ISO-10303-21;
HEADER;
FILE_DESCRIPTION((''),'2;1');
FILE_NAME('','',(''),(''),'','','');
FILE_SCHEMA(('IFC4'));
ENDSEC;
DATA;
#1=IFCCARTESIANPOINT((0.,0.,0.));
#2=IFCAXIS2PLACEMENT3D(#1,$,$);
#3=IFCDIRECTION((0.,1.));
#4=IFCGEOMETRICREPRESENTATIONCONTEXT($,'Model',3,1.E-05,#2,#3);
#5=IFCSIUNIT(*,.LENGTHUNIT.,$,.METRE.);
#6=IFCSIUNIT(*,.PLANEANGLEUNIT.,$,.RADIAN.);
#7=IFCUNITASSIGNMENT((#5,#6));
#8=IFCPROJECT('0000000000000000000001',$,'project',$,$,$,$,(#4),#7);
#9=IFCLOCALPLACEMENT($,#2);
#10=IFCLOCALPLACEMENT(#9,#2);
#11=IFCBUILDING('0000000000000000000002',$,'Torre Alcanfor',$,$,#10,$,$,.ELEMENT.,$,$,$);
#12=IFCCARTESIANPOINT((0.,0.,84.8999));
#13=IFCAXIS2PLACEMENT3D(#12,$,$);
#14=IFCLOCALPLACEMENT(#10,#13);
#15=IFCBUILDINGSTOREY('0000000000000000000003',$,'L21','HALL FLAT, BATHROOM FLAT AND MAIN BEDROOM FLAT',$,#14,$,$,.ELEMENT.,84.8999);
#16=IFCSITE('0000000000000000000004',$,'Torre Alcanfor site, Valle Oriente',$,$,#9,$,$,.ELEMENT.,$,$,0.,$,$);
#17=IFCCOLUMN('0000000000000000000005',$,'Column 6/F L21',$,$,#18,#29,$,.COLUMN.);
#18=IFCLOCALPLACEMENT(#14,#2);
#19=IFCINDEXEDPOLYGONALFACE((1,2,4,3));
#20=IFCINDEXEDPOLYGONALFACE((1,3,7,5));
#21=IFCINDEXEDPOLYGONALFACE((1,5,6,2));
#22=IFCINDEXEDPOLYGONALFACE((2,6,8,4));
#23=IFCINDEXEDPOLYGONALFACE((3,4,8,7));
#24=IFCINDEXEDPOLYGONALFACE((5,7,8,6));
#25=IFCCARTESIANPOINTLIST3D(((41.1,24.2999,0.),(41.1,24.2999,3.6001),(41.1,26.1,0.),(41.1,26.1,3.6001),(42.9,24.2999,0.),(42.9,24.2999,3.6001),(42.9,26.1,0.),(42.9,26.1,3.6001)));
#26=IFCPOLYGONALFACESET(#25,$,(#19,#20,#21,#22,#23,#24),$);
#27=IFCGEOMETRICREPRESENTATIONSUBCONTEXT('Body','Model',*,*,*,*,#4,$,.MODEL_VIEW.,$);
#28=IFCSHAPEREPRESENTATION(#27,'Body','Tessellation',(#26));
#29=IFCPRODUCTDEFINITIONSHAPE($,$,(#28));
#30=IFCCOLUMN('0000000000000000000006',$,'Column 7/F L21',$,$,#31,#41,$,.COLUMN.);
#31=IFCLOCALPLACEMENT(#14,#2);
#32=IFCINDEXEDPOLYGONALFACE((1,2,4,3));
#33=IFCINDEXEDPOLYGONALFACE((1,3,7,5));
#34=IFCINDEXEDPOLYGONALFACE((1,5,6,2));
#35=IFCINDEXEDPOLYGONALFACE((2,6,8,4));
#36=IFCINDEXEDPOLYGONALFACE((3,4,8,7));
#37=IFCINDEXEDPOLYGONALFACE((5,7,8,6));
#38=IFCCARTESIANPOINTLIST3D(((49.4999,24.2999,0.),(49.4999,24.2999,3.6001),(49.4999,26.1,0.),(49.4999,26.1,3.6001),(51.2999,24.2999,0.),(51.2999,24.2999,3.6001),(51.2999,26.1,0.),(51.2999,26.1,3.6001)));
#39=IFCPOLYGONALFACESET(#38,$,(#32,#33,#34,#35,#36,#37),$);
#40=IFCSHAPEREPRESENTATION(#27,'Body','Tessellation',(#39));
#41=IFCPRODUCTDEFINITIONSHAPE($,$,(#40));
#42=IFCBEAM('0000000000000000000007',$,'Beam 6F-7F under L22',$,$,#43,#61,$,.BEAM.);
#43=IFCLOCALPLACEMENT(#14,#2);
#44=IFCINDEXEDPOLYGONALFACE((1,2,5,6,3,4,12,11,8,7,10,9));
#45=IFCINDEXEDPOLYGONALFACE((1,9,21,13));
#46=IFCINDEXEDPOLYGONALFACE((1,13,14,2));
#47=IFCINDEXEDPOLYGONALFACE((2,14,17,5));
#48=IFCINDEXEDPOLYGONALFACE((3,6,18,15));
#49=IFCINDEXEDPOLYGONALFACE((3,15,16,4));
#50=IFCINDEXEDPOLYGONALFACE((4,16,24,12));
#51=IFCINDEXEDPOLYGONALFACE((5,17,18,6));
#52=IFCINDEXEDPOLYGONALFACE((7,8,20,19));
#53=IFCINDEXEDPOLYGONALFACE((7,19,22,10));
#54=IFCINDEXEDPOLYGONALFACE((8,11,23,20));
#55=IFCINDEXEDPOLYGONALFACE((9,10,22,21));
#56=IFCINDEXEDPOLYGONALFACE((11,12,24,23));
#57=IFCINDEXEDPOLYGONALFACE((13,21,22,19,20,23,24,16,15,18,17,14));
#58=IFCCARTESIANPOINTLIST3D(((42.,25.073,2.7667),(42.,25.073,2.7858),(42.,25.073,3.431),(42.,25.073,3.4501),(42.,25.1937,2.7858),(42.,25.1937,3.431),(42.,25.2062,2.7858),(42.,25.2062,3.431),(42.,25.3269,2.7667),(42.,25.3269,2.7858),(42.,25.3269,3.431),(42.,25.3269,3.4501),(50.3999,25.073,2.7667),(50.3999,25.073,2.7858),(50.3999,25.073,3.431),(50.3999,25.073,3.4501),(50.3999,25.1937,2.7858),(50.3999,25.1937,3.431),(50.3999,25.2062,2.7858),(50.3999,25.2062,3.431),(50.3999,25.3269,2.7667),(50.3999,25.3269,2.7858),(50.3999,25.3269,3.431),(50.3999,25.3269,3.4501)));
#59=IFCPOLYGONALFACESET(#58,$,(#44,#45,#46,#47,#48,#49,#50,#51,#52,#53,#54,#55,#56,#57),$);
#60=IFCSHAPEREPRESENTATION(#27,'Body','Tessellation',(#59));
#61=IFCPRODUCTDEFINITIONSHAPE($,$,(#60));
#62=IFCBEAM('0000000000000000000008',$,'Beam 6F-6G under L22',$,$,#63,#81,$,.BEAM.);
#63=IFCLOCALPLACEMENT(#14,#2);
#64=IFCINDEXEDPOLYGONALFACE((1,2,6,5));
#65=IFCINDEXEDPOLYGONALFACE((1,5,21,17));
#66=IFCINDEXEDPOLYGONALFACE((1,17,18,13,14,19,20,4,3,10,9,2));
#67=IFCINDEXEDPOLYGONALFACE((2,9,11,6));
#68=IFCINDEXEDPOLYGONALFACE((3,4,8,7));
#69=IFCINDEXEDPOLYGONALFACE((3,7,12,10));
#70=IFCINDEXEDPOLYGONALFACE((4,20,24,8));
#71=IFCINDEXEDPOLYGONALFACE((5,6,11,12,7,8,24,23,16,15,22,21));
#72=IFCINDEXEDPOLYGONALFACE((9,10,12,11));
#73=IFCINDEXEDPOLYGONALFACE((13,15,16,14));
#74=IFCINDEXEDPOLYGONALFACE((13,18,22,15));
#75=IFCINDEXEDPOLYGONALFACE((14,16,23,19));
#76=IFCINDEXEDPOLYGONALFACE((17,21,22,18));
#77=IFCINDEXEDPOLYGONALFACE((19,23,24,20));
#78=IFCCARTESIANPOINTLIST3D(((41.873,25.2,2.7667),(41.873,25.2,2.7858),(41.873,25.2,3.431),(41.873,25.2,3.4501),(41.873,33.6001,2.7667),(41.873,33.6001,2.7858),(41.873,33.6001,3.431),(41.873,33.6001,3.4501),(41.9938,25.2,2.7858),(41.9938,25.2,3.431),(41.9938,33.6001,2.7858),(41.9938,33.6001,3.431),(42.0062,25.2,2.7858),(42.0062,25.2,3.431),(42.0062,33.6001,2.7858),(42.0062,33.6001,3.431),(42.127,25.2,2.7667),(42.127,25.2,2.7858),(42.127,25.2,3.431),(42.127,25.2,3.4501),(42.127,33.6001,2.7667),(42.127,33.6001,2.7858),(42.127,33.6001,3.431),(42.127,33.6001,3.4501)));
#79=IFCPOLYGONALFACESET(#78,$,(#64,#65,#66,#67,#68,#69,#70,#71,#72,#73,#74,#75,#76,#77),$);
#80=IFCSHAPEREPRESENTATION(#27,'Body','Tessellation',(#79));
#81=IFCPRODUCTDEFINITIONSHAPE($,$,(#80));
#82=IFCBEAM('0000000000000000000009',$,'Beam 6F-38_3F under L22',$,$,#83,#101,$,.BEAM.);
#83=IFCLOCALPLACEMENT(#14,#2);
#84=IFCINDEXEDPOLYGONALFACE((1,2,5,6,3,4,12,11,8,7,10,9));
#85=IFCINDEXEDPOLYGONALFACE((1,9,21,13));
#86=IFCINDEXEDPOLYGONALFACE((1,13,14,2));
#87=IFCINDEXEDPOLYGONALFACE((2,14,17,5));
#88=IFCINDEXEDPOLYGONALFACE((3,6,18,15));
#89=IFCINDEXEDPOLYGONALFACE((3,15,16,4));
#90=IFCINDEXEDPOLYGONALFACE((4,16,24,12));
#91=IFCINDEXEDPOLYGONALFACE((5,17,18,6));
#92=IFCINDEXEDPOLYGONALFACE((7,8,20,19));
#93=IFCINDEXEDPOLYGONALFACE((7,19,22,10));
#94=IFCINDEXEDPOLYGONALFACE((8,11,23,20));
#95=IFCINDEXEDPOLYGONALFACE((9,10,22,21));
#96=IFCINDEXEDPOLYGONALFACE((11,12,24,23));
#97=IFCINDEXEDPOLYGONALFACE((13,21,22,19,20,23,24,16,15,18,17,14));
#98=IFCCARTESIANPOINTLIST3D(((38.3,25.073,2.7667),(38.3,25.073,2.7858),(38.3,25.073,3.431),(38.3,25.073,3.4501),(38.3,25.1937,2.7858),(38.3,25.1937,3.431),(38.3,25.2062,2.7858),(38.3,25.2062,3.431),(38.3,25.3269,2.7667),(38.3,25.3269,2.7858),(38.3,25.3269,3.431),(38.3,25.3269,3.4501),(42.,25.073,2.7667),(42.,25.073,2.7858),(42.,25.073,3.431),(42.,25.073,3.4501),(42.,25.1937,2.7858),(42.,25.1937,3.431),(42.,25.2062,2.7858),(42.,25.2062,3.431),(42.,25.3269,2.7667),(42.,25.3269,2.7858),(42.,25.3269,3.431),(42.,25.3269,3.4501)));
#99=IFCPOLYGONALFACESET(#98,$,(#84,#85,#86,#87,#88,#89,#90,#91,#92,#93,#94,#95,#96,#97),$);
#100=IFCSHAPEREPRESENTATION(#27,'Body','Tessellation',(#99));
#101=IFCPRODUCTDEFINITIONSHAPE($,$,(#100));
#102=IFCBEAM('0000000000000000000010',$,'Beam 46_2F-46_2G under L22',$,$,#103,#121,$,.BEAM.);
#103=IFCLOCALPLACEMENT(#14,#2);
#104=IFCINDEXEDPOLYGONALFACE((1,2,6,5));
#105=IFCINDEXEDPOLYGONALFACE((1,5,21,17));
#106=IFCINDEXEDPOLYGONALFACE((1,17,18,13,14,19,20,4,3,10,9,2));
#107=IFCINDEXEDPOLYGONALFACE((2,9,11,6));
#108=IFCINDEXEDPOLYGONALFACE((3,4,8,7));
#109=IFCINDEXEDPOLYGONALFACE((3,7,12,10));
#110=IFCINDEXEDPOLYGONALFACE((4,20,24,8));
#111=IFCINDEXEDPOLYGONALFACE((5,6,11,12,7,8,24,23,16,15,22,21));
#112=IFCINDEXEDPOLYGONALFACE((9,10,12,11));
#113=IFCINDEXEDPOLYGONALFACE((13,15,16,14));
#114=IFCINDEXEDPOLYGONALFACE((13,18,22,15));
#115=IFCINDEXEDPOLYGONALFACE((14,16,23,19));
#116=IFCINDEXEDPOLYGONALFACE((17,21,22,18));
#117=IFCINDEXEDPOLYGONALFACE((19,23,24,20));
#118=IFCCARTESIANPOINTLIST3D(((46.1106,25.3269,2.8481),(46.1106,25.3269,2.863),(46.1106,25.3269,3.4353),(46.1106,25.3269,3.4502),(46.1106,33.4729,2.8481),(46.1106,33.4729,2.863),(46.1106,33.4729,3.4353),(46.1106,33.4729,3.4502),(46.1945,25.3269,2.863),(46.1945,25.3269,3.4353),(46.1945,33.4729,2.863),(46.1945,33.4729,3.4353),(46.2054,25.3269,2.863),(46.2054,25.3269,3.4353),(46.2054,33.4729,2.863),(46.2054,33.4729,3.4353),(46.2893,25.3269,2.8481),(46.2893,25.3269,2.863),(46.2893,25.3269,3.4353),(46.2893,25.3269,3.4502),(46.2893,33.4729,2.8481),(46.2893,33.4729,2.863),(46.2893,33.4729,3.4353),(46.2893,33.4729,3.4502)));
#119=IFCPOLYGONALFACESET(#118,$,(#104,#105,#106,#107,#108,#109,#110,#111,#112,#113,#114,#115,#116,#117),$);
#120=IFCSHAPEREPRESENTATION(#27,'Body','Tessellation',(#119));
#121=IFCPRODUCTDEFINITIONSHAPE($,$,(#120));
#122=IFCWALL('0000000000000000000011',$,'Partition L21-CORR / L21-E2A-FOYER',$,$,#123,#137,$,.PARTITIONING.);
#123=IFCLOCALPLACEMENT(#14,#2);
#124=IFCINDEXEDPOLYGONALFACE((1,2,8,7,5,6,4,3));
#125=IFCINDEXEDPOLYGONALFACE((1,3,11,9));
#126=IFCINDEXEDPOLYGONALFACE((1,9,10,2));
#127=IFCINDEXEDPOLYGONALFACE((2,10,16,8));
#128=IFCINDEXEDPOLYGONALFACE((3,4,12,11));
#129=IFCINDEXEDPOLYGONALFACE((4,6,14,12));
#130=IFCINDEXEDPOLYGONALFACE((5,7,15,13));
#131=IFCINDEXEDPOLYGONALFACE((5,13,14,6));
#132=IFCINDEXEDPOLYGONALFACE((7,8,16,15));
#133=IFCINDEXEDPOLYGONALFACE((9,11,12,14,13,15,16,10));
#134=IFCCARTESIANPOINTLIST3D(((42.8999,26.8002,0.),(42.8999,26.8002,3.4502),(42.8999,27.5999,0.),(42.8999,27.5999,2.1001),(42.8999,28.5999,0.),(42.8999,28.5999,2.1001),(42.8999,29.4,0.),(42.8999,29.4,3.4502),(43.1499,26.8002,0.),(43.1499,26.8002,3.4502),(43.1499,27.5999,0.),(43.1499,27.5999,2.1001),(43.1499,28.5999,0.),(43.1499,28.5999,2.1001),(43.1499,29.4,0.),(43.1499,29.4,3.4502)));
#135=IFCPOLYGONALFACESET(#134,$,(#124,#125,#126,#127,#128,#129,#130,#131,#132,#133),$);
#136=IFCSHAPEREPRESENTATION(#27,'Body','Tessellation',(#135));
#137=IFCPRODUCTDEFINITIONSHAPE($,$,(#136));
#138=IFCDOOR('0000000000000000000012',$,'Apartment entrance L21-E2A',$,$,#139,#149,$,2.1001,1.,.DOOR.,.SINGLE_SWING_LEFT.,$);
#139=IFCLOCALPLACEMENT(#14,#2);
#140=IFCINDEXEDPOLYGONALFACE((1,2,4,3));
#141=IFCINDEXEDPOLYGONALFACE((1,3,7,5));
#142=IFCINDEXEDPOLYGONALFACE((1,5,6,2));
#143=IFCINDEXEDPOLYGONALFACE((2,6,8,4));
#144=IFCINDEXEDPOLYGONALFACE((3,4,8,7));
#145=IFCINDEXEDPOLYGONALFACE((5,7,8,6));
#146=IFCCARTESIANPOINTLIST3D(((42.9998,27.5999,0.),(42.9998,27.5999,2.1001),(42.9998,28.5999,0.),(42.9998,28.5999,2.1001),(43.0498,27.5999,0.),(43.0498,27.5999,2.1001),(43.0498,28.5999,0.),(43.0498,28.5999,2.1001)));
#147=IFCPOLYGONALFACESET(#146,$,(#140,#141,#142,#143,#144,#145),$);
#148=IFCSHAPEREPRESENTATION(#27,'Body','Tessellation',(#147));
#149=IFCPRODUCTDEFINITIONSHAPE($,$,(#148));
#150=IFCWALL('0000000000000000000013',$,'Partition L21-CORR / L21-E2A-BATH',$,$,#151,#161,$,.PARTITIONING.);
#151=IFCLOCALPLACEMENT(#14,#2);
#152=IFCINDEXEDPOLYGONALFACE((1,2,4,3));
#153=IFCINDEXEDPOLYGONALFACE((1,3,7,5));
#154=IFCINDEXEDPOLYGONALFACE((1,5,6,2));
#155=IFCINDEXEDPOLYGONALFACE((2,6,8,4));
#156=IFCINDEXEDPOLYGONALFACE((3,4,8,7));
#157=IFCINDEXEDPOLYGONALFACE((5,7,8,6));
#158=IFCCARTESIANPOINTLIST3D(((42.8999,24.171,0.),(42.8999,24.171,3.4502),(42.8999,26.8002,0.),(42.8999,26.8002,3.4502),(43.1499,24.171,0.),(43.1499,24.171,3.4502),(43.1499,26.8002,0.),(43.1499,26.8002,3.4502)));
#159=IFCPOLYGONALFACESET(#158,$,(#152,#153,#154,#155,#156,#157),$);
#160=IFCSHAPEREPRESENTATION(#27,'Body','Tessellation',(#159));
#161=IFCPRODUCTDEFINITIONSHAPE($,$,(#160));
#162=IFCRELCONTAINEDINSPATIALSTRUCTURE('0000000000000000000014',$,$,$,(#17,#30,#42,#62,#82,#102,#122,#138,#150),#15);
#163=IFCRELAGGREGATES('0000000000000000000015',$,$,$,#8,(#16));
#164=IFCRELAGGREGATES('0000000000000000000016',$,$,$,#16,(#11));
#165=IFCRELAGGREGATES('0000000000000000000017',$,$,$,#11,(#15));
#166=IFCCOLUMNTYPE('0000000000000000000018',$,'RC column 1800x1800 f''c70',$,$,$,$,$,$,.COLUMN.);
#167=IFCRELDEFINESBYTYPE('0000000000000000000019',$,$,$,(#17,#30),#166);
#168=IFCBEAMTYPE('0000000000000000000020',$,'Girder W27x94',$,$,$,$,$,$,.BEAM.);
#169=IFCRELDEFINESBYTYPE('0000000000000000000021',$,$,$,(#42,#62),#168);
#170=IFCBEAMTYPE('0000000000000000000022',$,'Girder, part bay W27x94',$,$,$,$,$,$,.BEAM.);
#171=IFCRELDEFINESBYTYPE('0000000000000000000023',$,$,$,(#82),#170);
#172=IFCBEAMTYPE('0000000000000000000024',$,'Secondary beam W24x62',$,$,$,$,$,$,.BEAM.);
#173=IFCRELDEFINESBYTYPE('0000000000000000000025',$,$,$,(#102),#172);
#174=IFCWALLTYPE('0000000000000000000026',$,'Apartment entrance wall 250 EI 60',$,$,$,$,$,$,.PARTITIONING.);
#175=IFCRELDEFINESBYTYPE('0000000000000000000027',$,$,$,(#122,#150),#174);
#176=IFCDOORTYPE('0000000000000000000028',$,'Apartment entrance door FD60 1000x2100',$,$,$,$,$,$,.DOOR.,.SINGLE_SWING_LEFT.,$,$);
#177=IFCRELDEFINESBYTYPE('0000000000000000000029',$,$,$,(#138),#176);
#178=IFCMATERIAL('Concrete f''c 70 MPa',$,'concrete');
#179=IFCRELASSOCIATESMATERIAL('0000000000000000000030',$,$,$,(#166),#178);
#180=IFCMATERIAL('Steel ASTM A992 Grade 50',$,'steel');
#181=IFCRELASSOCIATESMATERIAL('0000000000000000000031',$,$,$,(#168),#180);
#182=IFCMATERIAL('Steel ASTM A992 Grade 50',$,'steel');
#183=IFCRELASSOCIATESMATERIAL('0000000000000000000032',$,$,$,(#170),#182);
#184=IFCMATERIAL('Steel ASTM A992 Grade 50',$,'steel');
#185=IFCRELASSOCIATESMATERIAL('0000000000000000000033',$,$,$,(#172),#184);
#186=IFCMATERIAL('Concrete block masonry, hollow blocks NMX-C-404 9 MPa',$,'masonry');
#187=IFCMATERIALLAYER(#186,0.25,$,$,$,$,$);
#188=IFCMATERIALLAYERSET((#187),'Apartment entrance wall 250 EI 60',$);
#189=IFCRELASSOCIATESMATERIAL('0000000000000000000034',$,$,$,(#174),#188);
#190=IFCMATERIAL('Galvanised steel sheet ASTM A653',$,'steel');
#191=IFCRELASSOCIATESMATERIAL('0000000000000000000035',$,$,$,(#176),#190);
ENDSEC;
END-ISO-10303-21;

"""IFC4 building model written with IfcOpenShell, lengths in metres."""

from ifc_helpers import new_model, si_unit, direction, frame, frame_2d, origin, origin_2d, place, context, subcontext, project, spatial, rectangle, i_section, extrude, material, layer, layer_set, material_profile, profile_set, type_object, element, fill, save


model = new_model("IFC4")

# Units and contexts
model_context = context("Model", 3, precision=1e-05, world=origin(), true_north=direction((0.0, 1.0)))
body_context = subcontext(model_context, "Body", "Model", "MODEL_VIEW")
ifc_project = project(units=[si_unit("LENGTHUNIT", "METRE"), si_unit("PLANEANGLEUNIT", "RADIAN")], contexts=[model_context])

# Site, building, storey
site_placement = place(None, origin())
site = spatial("IfcSite", under=ifc_project, at=site_placement, Name="Torre Alcanfor site, Valle Oriente", CompositionType="ELEMENT", RefElevation=0.0)
building_placement = place(site_placement, origin())
building = spatial("IfcBuilding", under=site, at=building_placement, Name="Torre Alcanfor", CompositionType="ELEMENT")
storey_placement = place(building_placement, frame((0.0, 0.0, 84.8999)))
storey = spatial("IfcBuildingStorey", under=building, at=storey_placement, Name="L21", Description="HALL FLAT, BATHROOM FLAT AND MAIN BEDROOM FLAT", CompositionType="ELEMENT", Elevation=84.8999)

# Columns
ifc_material_1 = material(Name="Concrete f'c 70 MPa", Category="concrete")
ifc_material_profile_1 = material_profile(ifc_material_1, rectangle(XDim=1.8, YDim=1.8, at=origin_2d()), Name="1800x1800")
ifc_profile_set_1 = profile_set([ifc_material_profile_1], Name="Concrete f'c 70 MPa")
column_type = type_object("IfcColumnType", Name="RC column 1800x1800 f'c70", PredefinedType="COLUMN", material=ifc_profile_set_1)
for number, where, z_axis, x_axis, name in (
    (1, (42.0, 25.2, 0.0), (0.0, 0.0, 1.0), (1.0, 0.0, 0.0), "Column 6/F L21"),
    (2, (50.3999, 25.2, 0.0), (0.0, 0.0, 1.0), (1.0, 0.0, 0.0), "Column 7/F L21"),
):
    element("IfcColumn", number, at=place(storey_placement, frame(where, z_axis=z_axis, x_axis=x_axis)), inside=storey, type_object=column_type, Name=name, PredefinedType="COLUMN", context=body_context, shape_type="SweptSolid", body=[
        extrude(rectangle(XDim=1.8, YDim=1.8, at=origin_2d()), origin(), (0.0, 0.0, 1.0), 3.6001),
    ])

# Beams
ifc_material_2 = material(Name="Steel ASTM A992 Grade 50", Category="steel")
ifc_material_profile_2 = material_profile(ifc_material_2, i_section(OverallWidth=0.2539, OverallDepth=0.6833, WebThickness=0.0125, FlangeThickness=0.019, at=origin_2d()), Name="W27x94")
ifc_profile_set_2 = profile_set([ifc_material_profile_2], Name="Steel ASTM A992 Grade 50")
beam_type_1 = type_object("IfcBeamType", Name="Girder W27x94", PredefinedType="BEAM", material=ifc_profile_set_2)
beam_1_placement = place(storey_placement, frame((42.0, 25.2, 3.1084), z_axis=(1.0, 0.0, 0.0), x_axis=(0.0, 1.0, 0.0)))
element("IfcBeam", 3, at=beam_1_placement, inside=storey, type_object=beam_type_1, Name="Beam 6F-7F under L22", PredefinedType="BEAM", context=body_context, shape_type="SweptSolid", body=[
    extrude(i_section(OverallWidth=0.2539, OverallDepth=0.6833, WebThickness=0.0125, FlangeThickness=0.019, at=origin_2d()), origin(), (0.0, 0.0, 1.0), 8.3999),
])
beam_2_placement = place(storey_placement, frame((42.0, 25.2, 3.1084), z_axis=(0.0, 1.0, 0.0), x_axis=(-1.0, 0.0, 0.0)))
element("IfcBeam", 4, at=beam_2_placement, inside=storey, type_object=beam_type_1, Name="Beam 6F-6G under L22", PredefinedType="BEAM", context=body_context, shape_type="SweptSolid", body=[
    extrude(i_section(OverallWidth=0.2539, OverallDepth=0.6833, WebThickness=0.0125, FlangeThickness=0.019, at=origin_2d()), origin(), (0.0, 0.0, 1.0), 8.4001),
])
ifc_material_3 = material(Name="Steel ASTM A992 Grade 50", Category="steel")
ifc_material_profile_3 = material_profile(ifc_material_3, i_section(OverallWidth=0.2539, OverallDepth=0.6833, WebThickness=0.0125, FlangeThickness=0.019, at=origin_2d()), Name="W27x94")
ifc_profile_set_3 = profile_set([ifc_material_profile_3], Name="Steel ASTM A992 Grade 50")
beam_type_2 = type_object("IfcBeamType", Name="Girder, part bay W27x94", PredefinedType="BEAM", material=ifc_profile_set_3)
beam_3_placement = place(storey_placement, frame((42.0, 25.2, 3.1084), z_axis=(-1.0, 0.0, 0.0), x_axis=(0.0, -1.0, 0.0)))
element("IfcBeam", 5, at=beam_3_placement, inside=storey, type_object=beam_type_2, Name="Beam 6F-38_3F under L22", PredefinedType="BEAM", context=body_context, shape_type="SweptSolid", body=[
    extrude(i_section(OverallWidth=0.2539, OverallDepth=0.6833, WebThickness=0.0125, FlangeThickness=0.019, at=origin_2d()), origin(), (0.0, 0.0, 1.0), 3.7),
])
ifc_material_4 = material(Name="Steel ASTM A992 Grade 50", Category="steel")
ifc_material_profile_4 = material_profile(ifc_material_4, i_section(OverallWidth=0.1787, OverallDepth=0.6021, WebThickness=0.011, FlangeThickness=0.0149, at=origin_2d()), Name="W24x62")
ifc_profile_set_4 = profile_set([ifc_material_profile_4], Name="Steel ASTM A992 Grade 50")
beam_type_3 = type_object("IfcBeamType", Name="Secondary beam W24x62", PredefinedType="BEAM", material=ifc_profile_set_4)
beam_4_placement = place(storey_placement, frame((46.2, 25.3269, 3.1492), z_axis=(0.0, 1.0, 0.0), x_axis=(-1.0, 0.0, 0.0)))
element("IfcBeam", 6, at=beam_4_placement, inside=storey, type_object=beam_type_3, Name="Beam 46_2F-46_2G under L22", PredefinedType="BEAM", context=body_context, shape_type="SweptSolid", body=[
    extrude(i_section(OverallWidth=0.1787, OverallDepth=0.6021, WebThickness=0.011, FlangeThickness=0.0149, at=origin_2d()), origin(), (0.0, 0.0, 1.0), 8.146),
])

# Wall, opening, door
ifc_material_5 = material(Name="Concrete block masonry, hollow blocks NMX-C-404 9 MPa", Category="masonry")
ifc_layer_1 = layer(ifc_material_5, 0.25)
ifc_layer_set_1 = layer_set([ifc_layer_1], Name="Apartment entrance wall 250 EI 60")
wall_type_1 = type_object("IfcWallType", Name="Apartment entrance wall 250 EI 60", PredefinedType="PARTITIONING", material=ifc_layer_set_1)
wall_1_placement = place(storey_placement, frame((43.0249, 29.3999, 0.0), z_axis=(0.0, 0.0, 1.0), x_axis=(0.0, -1.0, 0.0)))
wall_1 = element("IfcWall", 7, at=wall_1_placement, inside=storey, type_object=wall_type_1, Name="Partition L21-CORR / L21-E2A-FOYER", PredefinedType="PARTITIONING", context=body_context, shape_type="SweptSolid", body=[
    extrude(rectangle(XDim=2.5999, YDim=0.25, at=frame_2d((1.2998, 0.0))), origin(), (0.0, 0.0, 1.0), 3.4502),
])
opening_1_placement = place(wall_1_placement, frame((0.8, 0.0, 0.0)))
opening_1 = element("IfcOpeningElement", 8, at=opening_1_placement, cuts=wall_1, PredefinedType="OPENING", context=body_context, shape_type="SweptSolid", body=[
    extrude(rectangle(XDim=1.0, YDim=2.1001, at=frame_2d((0.5, 1.05))), frame((0.0, 0.135, 0.0), z_axis=(0.0, -1.0, 0.0), x_axis=(1.0, 0.0, 0.0)), (0.0, 0.0, 1.0), 0.27),
])
ifc_material_6 = material(Name="Galvanised steel sheet ASTM A653", Category="steel")
door_type_1 = type_object("IfcDoorType", Name="Apartment entrance door FD60 1000x2100", OperationType="SINGLE_SWING_LEFT", PredefinedType="DOOR", material=ifc_material_6)
door_1_placement = place(opening_1_placement, origin())
door_1 = element("IfcDoor", 9, at=door_1_placement, inside=storey, type_object=door_type_1, Name="Apartment entrance L21-E2A", OperationType="SINGLE_SWING_LEFT", OverallHeight=2.1001, OverallWidth=1.0, PredefinedType="DOOR", context=body_context, shape_type="SweptSolid", body=[
    extrude(rectangle(XDim=1.0, YDim=2.1001, at=frame_2d((0.5, 1.05))), frame((0.0, 0.0249, 0.0), z_axis=(0.0, -1.0, 0.0), x_axis=(1.0, 0.0, 0.0)), (0.0, 0.0, 1.0), 0.05),
])
fill(opening_1, door_1)

# Wall
wall_2_placement = place(storey_placement, frame((43.0249, 26.8, 0.0), z_axis=(0.0, 0.0, 1.0), x_axis=(0.0, -1.0, 0.0)))
element("IfcWall", 10, at=wall_2_placement, inside=storey, type_object=wall_type_1, Name="Partition L21-CORR / L21-E2A-BATH", PredefinedType="PARTITIONING", context=body_context, shape_type="SweptSolid", body=[
    extrude(rectangle(XDim=2.6292, YDim=0.25, at=frame_2d((1.3145, 0.0))), origin(), (0.0, 0.0, 1.0), 3.4502),
])

save(model, "model.ifc")
